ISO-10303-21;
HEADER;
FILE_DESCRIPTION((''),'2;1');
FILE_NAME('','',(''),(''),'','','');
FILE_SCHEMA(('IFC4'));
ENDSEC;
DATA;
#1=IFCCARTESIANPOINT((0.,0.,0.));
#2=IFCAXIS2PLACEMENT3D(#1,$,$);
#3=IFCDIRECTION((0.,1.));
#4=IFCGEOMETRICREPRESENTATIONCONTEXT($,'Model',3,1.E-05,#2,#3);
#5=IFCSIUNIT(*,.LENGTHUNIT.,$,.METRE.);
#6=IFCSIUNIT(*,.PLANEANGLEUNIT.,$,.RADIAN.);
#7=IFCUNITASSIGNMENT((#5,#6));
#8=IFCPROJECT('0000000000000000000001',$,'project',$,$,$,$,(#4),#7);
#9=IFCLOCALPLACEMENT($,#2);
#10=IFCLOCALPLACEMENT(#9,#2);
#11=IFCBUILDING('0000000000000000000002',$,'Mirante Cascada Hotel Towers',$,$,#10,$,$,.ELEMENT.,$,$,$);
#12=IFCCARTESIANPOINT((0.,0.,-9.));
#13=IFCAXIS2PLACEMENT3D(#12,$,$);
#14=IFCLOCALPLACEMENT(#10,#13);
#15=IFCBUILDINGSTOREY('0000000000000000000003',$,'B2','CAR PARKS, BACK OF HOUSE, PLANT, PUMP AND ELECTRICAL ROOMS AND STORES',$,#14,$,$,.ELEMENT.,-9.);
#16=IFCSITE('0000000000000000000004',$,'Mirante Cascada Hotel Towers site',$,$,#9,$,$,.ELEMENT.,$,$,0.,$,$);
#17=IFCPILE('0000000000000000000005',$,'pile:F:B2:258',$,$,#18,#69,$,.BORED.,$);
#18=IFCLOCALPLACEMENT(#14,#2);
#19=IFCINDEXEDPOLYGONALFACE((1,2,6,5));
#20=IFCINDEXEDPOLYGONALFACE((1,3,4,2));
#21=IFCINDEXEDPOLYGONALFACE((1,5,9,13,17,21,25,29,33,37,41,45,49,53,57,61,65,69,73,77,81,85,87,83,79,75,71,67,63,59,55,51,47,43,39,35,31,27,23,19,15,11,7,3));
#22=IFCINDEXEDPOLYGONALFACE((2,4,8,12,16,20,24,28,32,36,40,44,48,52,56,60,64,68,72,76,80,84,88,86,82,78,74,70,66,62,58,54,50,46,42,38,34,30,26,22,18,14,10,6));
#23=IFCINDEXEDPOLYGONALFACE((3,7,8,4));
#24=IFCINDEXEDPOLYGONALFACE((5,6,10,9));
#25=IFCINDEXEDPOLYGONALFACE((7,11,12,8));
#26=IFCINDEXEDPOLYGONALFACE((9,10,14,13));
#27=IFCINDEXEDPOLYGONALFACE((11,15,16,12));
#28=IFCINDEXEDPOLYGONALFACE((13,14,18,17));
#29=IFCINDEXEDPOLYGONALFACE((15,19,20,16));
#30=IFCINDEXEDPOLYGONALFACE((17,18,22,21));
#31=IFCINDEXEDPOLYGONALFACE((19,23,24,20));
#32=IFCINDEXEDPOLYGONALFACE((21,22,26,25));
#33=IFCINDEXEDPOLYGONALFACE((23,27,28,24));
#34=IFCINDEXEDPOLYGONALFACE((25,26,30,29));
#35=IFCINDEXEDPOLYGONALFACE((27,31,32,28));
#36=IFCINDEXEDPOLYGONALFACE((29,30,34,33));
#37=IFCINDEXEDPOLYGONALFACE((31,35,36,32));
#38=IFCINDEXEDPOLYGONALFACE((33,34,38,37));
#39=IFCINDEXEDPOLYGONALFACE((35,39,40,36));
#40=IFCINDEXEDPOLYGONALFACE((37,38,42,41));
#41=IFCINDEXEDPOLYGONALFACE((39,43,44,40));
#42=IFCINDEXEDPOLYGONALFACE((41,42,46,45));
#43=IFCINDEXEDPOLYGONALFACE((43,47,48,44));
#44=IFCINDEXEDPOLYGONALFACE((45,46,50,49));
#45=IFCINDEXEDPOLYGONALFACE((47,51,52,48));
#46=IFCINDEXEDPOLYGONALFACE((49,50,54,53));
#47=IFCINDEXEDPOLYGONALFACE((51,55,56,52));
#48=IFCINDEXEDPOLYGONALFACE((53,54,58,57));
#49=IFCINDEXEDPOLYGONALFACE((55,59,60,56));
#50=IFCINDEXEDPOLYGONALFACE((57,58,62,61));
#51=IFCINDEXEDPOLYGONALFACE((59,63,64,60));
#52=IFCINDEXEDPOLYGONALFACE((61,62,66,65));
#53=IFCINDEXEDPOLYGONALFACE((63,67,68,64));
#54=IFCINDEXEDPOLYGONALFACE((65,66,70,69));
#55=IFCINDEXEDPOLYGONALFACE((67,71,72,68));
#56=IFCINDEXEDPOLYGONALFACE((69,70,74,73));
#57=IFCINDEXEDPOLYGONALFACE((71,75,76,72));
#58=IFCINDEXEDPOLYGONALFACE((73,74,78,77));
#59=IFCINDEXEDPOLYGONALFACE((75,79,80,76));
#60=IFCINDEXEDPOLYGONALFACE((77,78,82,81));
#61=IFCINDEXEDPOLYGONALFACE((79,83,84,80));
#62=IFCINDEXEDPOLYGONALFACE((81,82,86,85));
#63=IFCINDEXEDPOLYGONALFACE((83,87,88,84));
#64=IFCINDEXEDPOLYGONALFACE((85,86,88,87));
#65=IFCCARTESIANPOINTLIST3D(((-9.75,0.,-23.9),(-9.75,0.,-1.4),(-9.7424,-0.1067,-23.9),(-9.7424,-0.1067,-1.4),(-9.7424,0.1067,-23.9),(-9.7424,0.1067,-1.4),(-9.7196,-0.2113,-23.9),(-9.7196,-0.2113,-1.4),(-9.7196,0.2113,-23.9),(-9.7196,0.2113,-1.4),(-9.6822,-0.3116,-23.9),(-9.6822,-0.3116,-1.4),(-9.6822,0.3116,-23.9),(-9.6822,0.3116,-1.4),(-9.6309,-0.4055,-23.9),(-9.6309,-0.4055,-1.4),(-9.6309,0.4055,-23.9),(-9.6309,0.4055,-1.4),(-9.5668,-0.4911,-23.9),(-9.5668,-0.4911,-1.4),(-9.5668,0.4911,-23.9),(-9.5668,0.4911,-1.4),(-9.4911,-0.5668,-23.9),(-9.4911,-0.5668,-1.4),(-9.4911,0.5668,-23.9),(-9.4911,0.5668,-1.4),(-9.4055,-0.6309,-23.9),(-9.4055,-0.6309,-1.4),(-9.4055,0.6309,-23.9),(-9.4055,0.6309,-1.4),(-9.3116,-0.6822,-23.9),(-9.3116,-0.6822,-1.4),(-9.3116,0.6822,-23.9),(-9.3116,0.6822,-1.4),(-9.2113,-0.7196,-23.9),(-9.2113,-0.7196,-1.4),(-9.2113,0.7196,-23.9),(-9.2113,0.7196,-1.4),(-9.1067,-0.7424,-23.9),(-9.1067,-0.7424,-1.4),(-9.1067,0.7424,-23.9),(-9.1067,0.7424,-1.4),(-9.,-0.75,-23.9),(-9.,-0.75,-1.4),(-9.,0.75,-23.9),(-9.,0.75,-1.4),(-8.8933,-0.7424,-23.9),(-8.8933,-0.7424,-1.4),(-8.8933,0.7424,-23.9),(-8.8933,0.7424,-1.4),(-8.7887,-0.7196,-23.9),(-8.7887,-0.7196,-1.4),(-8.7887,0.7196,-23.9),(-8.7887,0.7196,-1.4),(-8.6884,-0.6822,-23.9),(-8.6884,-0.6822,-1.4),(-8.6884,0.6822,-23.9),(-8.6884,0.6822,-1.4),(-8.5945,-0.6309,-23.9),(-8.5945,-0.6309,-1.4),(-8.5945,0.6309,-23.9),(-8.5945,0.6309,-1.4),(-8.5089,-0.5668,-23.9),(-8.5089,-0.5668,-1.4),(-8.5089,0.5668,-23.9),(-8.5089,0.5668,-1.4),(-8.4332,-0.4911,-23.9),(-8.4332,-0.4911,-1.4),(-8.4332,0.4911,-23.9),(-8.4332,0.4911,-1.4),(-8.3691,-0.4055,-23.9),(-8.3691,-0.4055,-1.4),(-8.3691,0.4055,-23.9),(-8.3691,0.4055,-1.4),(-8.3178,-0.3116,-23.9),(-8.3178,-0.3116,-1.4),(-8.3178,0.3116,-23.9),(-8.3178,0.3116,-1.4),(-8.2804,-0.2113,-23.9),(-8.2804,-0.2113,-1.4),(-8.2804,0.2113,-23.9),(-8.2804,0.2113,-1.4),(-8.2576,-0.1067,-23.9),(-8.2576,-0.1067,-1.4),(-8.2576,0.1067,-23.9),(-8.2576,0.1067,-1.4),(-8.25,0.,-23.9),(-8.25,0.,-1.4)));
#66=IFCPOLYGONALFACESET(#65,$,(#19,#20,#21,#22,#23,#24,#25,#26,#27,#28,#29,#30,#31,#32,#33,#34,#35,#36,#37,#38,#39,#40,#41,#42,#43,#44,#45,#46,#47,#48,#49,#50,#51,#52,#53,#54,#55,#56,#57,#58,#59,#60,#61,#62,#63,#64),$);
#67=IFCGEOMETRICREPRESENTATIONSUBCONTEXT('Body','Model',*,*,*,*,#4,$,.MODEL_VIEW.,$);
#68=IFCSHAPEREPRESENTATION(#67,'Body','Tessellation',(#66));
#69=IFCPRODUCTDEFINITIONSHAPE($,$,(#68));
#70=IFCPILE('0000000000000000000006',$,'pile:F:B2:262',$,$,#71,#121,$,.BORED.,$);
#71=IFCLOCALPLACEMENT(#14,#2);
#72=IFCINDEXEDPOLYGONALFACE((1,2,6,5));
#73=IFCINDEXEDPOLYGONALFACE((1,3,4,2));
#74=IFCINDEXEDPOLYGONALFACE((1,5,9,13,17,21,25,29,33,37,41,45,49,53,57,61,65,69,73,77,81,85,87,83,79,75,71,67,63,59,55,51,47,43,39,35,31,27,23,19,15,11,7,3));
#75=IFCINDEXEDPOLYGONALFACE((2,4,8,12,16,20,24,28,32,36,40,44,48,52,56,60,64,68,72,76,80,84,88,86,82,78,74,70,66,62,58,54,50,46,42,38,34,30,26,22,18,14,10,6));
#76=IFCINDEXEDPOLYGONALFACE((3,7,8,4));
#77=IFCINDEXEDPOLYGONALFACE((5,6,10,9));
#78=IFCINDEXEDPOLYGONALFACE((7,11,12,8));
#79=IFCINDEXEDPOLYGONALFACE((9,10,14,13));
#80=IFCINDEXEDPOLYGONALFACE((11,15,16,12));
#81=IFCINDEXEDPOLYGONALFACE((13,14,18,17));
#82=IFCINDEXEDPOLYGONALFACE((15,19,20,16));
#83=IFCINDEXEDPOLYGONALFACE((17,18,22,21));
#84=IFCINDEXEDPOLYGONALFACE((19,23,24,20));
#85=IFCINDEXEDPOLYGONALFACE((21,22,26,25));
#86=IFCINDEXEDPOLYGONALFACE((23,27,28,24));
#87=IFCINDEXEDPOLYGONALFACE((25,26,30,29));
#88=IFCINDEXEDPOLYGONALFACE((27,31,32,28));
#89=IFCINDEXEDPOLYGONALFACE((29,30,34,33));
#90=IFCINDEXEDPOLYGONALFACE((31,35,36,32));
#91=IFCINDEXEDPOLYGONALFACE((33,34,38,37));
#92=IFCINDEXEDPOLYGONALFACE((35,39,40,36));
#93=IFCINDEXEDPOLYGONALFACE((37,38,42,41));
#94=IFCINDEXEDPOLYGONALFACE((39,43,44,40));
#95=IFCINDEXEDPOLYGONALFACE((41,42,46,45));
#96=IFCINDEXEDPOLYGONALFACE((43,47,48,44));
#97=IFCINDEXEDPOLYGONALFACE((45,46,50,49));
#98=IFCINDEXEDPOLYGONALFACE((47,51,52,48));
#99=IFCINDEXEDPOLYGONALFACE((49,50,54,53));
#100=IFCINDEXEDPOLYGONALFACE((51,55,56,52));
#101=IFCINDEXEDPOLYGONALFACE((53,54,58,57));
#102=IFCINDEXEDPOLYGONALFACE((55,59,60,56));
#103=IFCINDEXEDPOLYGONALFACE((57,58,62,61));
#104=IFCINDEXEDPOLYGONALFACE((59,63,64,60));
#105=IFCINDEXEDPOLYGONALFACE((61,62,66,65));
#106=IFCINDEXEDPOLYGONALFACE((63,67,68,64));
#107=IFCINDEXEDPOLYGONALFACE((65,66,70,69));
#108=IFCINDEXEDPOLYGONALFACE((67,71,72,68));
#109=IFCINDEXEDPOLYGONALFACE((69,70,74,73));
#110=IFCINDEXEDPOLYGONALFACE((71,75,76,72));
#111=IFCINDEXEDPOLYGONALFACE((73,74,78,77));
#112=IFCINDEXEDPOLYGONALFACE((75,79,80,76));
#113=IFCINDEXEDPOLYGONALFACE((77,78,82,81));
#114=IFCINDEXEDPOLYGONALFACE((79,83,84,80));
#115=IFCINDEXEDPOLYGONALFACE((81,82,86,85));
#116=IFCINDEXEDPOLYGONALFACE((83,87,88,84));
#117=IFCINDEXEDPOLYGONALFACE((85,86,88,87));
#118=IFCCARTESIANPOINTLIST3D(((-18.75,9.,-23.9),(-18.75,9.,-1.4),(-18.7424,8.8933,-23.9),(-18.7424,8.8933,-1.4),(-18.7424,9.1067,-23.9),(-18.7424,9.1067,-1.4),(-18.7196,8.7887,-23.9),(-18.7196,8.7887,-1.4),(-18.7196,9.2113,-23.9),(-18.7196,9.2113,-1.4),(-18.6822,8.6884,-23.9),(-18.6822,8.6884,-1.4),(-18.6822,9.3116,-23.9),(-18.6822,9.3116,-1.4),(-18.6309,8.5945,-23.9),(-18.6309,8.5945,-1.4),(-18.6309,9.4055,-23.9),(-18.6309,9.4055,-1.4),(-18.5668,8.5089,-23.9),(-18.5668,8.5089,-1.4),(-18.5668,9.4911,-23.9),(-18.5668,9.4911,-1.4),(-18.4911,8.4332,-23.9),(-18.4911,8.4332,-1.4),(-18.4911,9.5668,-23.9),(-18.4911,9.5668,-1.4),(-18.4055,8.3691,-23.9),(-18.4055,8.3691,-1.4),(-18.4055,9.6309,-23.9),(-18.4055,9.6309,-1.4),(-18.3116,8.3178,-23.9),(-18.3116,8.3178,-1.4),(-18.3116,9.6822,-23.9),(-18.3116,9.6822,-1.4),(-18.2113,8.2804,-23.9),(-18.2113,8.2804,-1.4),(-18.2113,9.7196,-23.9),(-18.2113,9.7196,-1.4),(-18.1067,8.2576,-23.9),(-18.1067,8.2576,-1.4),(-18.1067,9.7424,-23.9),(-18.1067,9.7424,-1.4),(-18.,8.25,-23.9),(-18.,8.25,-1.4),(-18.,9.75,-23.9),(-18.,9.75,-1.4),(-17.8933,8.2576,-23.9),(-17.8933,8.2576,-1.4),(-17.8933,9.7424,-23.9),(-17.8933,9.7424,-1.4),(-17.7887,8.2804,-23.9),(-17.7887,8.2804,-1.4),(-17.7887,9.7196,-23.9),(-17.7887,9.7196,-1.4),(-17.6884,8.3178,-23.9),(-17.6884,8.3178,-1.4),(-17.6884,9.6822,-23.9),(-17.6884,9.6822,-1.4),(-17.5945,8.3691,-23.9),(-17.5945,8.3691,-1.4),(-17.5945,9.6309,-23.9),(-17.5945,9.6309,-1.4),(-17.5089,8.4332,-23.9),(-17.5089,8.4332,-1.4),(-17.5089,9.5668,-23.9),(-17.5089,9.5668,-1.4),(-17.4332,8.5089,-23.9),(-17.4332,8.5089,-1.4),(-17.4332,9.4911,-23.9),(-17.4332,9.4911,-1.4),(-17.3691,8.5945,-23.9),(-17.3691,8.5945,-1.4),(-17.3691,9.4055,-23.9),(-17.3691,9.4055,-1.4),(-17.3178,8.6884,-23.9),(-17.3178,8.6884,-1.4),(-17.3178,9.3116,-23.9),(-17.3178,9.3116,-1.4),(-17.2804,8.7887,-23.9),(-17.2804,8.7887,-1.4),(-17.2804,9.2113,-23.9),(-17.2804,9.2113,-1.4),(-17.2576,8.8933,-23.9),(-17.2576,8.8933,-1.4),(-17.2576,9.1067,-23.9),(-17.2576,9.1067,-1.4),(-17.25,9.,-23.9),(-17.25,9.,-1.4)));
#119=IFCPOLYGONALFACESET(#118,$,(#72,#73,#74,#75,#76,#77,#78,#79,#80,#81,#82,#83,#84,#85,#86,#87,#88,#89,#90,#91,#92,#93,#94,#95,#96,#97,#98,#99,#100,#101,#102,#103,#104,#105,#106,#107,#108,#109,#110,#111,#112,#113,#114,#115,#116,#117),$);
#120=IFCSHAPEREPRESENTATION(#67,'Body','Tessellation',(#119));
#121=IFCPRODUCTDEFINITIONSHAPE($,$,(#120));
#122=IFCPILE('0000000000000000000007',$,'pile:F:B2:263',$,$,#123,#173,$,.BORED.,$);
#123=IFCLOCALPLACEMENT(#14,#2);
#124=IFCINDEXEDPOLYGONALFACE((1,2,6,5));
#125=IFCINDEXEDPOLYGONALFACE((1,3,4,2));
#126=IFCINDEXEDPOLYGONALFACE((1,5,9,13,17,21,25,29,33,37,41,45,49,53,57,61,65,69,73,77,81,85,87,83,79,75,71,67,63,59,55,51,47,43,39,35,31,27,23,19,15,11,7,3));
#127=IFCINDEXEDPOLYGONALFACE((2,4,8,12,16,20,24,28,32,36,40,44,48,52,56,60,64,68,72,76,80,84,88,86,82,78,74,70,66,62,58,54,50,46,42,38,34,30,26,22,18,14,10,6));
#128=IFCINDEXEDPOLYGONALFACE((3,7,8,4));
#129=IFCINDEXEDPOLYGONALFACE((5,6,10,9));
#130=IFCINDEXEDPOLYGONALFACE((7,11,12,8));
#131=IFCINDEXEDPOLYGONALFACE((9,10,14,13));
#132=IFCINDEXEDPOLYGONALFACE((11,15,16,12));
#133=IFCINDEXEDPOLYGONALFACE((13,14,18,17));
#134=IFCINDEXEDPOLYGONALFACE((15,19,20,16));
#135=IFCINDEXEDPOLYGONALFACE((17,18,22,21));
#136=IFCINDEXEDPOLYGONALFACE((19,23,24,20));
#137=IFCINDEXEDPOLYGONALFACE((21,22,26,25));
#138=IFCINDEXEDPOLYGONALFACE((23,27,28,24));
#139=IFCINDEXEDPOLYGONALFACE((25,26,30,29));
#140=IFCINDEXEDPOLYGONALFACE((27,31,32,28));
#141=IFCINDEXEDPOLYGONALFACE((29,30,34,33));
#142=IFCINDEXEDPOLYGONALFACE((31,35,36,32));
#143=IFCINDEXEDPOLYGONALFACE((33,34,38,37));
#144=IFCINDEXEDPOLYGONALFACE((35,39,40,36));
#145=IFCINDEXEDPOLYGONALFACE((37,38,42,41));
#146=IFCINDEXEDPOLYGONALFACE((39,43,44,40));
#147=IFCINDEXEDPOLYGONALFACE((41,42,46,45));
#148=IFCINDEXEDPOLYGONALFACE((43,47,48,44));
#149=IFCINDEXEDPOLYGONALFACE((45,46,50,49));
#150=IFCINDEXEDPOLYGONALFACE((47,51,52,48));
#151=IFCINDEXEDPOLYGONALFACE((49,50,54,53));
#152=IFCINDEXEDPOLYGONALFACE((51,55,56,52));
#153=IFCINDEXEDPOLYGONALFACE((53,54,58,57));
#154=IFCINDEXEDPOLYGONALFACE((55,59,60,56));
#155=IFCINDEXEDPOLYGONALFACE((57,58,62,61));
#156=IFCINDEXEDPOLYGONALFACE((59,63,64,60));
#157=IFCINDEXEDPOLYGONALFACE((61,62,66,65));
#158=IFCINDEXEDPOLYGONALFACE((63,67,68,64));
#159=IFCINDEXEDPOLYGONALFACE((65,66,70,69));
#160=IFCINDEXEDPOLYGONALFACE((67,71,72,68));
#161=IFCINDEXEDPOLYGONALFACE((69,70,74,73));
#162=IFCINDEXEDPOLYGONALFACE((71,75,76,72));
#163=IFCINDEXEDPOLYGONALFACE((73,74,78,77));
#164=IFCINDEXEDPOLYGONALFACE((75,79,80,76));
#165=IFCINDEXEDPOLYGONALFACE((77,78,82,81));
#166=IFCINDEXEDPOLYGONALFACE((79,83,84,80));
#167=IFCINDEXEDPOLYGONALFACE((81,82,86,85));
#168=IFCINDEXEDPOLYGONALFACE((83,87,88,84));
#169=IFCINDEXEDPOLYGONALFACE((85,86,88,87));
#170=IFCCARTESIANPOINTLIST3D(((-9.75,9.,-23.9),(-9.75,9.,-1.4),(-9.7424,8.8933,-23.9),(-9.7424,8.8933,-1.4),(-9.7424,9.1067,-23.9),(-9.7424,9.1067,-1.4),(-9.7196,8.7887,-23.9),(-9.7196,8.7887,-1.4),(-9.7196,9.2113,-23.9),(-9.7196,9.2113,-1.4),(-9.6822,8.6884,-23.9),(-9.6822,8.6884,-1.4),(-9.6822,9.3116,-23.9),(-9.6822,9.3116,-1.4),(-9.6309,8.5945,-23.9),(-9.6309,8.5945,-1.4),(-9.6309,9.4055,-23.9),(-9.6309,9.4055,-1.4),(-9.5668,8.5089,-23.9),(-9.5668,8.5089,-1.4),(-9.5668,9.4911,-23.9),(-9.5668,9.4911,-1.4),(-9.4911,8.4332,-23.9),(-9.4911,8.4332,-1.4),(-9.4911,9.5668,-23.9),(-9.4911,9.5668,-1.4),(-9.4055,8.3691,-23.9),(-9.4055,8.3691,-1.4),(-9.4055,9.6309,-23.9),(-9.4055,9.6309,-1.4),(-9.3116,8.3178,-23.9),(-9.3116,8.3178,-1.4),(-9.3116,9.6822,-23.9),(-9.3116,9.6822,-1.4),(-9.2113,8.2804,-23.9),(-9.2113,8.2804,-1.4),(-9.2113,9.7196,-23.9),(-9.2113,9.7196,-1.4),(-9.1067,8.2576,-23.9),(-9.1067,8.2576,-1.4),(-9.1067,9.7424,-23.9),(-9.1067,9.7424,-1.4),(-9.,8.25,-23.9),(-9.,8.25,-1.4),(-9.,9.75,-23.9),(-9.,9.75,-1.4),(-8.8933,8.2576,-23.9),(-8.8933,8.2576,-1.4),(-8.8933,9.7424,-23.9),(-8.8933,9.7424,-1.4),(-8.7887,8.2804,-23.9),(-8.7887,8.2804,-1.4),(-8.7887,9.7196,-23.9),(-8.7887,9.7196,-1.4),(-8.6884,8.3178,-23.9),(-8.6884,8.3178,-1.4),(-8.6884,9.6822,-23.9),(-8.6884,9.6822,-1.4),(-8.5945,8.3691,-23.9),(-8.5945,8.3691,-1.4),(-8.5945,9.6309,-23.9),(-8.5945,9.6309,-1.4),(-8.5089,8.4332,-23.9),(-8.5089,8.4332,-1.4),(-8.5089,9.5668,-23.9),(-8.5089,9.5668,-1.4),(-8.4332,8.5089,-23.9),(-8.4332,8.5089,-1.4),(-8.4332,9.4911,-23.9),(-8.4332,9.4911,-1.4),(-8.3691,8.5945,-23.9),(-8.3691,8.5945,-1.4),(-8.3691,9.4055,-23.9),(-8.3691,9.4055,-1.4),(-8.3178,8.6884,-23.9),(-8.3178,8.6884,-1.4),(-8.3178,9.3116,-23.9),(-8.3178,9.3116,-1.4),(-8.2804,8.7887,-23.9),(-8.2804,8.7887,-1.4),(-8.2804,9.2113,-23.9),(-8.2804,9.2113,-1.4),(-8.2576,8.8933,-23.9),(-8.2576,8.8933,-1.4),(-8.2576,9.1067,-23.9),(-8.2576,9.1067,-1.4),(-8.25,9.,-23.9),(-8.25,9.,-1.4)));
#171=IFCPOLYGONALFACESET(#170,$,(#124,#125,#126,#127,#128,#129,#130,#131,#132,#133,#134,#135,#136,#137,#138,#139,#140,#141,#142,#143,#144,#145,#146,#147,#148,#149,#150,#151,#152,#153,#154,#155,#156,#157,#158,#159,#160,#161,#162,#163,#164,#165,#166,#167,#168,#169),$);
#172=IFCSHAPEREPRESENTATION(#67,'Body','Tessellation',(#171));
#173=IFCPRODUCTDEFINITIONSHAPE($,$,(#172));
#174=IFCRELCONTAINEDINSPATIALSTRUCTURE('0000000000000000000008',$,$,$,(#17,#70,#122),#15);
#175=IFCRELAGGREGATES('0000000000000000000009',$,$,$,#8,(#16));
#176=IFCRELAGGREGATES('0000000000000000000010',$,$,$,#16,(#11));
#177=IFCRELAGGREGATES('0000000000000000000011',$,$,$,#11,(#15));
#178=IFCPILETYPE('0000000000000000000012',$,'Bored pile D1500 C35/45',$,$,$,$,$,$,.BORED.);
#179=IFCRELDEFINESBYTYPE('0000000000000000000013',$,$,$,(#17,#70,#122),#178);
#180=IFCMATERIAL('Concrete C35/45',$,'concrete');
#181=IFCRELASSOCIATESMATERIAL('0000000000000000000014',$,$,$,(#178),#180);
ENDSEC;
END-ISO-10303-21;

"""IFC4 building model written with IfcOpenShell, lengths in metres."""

from ifc_helpers import new_model, si_unit, direction, frame, origin, origin_2d, place, context, subcontext, project, spatial, circle, extrude, material, material_profile, profile_set, type_object, element, save


model = new_model("IFC4")

# Units and contexts
model_context = context("Model", 3, precision=1e-05, world=origin(), true_north=direction((0.0, 1.0)))
body_context = subcontext(model_context, "Body", "Model", "MODEL_VIEW")
ifc_project = project(units=[si_unit("LENGTHUNIT", "METRE"), si_unit("PLANEANGLEUNIT", "RADIAN")], contexts=[model_context])

# Site, building, storey
site_placement = place(None, origin())
site = spatial("IfcSite", under=ifc_project, at=site_placement, Name="Mirante Cascada Hotel Towers site", CompositionType="ELEMENT", RefElevation=0.0)
building_placement = place(site_placement, origin())
building = spatial("IfcBuilding", under=site, at=building_placement, Name="Mirante Cascada Hotel Towers", CompositionType="ELEMENT")
storey_placement = place(building_placement, frame((0.0, 0.0, -9.0)))
storey = spatial("IfcBuildingStorey", under=building, at=storey_placement, Name="B2", Description="CAR PARKS, BACK OF HOUSE, PLANT, PUMP AND ELECTRICAL ROOMS AND STORES", CompositionType="ELEMENT", Elevation=-9.0)

# Piles
ifc_material_1 = material(Name="Concrete C35/45", Category="concrete")
ifc_material_profile_1 = material_profile(ifc_material_1, circle(Radius=0.75, at=origin_2d()), Name="RC D1500")
ifc_profile_set_1 = profile_set([ifc_material_profile_1], Name="Concrete C35/45")
pile_type = type_object("IfcPileType", Name="Bored pile D1500 C35/45", PredefinedType="BORED", material=ifc_profile_set_1)
for number, where, z_axis, x_axis, name in (
    (1, (-9.0, 0.0, -1.4), (0.0, 0.0, -1.0), (1.0, 0.0, 0.0), "pile:F:B2:258"),
    (2, (-18.0, 9.0, -1.4), (0.0, 0.0, -1.0), (1.0, 0.0, 0.0), "pile:F:B2:262"),
    (3, (-9.0, 9.0, -1.4), (0.0, 0.0, -1.0), (1.0, 0.0, 0.0), "pile:F:B2:263"),
):
    element("IfcPile", number, at=place(storey_placement, frame(where, z_axis=z_axis, x_axis=x_axis)), inside=storey, type_object=pile_type, Name=name, PredefinedType="BORED", context=body_context, shape_type="SweptSolid", body=[
        extrude(circle(Radius=0.75, at=origin_2d()), origin(), (0.0, 0.0, 1.0), 22.5),
    ])

save(model, "model.ifc")
